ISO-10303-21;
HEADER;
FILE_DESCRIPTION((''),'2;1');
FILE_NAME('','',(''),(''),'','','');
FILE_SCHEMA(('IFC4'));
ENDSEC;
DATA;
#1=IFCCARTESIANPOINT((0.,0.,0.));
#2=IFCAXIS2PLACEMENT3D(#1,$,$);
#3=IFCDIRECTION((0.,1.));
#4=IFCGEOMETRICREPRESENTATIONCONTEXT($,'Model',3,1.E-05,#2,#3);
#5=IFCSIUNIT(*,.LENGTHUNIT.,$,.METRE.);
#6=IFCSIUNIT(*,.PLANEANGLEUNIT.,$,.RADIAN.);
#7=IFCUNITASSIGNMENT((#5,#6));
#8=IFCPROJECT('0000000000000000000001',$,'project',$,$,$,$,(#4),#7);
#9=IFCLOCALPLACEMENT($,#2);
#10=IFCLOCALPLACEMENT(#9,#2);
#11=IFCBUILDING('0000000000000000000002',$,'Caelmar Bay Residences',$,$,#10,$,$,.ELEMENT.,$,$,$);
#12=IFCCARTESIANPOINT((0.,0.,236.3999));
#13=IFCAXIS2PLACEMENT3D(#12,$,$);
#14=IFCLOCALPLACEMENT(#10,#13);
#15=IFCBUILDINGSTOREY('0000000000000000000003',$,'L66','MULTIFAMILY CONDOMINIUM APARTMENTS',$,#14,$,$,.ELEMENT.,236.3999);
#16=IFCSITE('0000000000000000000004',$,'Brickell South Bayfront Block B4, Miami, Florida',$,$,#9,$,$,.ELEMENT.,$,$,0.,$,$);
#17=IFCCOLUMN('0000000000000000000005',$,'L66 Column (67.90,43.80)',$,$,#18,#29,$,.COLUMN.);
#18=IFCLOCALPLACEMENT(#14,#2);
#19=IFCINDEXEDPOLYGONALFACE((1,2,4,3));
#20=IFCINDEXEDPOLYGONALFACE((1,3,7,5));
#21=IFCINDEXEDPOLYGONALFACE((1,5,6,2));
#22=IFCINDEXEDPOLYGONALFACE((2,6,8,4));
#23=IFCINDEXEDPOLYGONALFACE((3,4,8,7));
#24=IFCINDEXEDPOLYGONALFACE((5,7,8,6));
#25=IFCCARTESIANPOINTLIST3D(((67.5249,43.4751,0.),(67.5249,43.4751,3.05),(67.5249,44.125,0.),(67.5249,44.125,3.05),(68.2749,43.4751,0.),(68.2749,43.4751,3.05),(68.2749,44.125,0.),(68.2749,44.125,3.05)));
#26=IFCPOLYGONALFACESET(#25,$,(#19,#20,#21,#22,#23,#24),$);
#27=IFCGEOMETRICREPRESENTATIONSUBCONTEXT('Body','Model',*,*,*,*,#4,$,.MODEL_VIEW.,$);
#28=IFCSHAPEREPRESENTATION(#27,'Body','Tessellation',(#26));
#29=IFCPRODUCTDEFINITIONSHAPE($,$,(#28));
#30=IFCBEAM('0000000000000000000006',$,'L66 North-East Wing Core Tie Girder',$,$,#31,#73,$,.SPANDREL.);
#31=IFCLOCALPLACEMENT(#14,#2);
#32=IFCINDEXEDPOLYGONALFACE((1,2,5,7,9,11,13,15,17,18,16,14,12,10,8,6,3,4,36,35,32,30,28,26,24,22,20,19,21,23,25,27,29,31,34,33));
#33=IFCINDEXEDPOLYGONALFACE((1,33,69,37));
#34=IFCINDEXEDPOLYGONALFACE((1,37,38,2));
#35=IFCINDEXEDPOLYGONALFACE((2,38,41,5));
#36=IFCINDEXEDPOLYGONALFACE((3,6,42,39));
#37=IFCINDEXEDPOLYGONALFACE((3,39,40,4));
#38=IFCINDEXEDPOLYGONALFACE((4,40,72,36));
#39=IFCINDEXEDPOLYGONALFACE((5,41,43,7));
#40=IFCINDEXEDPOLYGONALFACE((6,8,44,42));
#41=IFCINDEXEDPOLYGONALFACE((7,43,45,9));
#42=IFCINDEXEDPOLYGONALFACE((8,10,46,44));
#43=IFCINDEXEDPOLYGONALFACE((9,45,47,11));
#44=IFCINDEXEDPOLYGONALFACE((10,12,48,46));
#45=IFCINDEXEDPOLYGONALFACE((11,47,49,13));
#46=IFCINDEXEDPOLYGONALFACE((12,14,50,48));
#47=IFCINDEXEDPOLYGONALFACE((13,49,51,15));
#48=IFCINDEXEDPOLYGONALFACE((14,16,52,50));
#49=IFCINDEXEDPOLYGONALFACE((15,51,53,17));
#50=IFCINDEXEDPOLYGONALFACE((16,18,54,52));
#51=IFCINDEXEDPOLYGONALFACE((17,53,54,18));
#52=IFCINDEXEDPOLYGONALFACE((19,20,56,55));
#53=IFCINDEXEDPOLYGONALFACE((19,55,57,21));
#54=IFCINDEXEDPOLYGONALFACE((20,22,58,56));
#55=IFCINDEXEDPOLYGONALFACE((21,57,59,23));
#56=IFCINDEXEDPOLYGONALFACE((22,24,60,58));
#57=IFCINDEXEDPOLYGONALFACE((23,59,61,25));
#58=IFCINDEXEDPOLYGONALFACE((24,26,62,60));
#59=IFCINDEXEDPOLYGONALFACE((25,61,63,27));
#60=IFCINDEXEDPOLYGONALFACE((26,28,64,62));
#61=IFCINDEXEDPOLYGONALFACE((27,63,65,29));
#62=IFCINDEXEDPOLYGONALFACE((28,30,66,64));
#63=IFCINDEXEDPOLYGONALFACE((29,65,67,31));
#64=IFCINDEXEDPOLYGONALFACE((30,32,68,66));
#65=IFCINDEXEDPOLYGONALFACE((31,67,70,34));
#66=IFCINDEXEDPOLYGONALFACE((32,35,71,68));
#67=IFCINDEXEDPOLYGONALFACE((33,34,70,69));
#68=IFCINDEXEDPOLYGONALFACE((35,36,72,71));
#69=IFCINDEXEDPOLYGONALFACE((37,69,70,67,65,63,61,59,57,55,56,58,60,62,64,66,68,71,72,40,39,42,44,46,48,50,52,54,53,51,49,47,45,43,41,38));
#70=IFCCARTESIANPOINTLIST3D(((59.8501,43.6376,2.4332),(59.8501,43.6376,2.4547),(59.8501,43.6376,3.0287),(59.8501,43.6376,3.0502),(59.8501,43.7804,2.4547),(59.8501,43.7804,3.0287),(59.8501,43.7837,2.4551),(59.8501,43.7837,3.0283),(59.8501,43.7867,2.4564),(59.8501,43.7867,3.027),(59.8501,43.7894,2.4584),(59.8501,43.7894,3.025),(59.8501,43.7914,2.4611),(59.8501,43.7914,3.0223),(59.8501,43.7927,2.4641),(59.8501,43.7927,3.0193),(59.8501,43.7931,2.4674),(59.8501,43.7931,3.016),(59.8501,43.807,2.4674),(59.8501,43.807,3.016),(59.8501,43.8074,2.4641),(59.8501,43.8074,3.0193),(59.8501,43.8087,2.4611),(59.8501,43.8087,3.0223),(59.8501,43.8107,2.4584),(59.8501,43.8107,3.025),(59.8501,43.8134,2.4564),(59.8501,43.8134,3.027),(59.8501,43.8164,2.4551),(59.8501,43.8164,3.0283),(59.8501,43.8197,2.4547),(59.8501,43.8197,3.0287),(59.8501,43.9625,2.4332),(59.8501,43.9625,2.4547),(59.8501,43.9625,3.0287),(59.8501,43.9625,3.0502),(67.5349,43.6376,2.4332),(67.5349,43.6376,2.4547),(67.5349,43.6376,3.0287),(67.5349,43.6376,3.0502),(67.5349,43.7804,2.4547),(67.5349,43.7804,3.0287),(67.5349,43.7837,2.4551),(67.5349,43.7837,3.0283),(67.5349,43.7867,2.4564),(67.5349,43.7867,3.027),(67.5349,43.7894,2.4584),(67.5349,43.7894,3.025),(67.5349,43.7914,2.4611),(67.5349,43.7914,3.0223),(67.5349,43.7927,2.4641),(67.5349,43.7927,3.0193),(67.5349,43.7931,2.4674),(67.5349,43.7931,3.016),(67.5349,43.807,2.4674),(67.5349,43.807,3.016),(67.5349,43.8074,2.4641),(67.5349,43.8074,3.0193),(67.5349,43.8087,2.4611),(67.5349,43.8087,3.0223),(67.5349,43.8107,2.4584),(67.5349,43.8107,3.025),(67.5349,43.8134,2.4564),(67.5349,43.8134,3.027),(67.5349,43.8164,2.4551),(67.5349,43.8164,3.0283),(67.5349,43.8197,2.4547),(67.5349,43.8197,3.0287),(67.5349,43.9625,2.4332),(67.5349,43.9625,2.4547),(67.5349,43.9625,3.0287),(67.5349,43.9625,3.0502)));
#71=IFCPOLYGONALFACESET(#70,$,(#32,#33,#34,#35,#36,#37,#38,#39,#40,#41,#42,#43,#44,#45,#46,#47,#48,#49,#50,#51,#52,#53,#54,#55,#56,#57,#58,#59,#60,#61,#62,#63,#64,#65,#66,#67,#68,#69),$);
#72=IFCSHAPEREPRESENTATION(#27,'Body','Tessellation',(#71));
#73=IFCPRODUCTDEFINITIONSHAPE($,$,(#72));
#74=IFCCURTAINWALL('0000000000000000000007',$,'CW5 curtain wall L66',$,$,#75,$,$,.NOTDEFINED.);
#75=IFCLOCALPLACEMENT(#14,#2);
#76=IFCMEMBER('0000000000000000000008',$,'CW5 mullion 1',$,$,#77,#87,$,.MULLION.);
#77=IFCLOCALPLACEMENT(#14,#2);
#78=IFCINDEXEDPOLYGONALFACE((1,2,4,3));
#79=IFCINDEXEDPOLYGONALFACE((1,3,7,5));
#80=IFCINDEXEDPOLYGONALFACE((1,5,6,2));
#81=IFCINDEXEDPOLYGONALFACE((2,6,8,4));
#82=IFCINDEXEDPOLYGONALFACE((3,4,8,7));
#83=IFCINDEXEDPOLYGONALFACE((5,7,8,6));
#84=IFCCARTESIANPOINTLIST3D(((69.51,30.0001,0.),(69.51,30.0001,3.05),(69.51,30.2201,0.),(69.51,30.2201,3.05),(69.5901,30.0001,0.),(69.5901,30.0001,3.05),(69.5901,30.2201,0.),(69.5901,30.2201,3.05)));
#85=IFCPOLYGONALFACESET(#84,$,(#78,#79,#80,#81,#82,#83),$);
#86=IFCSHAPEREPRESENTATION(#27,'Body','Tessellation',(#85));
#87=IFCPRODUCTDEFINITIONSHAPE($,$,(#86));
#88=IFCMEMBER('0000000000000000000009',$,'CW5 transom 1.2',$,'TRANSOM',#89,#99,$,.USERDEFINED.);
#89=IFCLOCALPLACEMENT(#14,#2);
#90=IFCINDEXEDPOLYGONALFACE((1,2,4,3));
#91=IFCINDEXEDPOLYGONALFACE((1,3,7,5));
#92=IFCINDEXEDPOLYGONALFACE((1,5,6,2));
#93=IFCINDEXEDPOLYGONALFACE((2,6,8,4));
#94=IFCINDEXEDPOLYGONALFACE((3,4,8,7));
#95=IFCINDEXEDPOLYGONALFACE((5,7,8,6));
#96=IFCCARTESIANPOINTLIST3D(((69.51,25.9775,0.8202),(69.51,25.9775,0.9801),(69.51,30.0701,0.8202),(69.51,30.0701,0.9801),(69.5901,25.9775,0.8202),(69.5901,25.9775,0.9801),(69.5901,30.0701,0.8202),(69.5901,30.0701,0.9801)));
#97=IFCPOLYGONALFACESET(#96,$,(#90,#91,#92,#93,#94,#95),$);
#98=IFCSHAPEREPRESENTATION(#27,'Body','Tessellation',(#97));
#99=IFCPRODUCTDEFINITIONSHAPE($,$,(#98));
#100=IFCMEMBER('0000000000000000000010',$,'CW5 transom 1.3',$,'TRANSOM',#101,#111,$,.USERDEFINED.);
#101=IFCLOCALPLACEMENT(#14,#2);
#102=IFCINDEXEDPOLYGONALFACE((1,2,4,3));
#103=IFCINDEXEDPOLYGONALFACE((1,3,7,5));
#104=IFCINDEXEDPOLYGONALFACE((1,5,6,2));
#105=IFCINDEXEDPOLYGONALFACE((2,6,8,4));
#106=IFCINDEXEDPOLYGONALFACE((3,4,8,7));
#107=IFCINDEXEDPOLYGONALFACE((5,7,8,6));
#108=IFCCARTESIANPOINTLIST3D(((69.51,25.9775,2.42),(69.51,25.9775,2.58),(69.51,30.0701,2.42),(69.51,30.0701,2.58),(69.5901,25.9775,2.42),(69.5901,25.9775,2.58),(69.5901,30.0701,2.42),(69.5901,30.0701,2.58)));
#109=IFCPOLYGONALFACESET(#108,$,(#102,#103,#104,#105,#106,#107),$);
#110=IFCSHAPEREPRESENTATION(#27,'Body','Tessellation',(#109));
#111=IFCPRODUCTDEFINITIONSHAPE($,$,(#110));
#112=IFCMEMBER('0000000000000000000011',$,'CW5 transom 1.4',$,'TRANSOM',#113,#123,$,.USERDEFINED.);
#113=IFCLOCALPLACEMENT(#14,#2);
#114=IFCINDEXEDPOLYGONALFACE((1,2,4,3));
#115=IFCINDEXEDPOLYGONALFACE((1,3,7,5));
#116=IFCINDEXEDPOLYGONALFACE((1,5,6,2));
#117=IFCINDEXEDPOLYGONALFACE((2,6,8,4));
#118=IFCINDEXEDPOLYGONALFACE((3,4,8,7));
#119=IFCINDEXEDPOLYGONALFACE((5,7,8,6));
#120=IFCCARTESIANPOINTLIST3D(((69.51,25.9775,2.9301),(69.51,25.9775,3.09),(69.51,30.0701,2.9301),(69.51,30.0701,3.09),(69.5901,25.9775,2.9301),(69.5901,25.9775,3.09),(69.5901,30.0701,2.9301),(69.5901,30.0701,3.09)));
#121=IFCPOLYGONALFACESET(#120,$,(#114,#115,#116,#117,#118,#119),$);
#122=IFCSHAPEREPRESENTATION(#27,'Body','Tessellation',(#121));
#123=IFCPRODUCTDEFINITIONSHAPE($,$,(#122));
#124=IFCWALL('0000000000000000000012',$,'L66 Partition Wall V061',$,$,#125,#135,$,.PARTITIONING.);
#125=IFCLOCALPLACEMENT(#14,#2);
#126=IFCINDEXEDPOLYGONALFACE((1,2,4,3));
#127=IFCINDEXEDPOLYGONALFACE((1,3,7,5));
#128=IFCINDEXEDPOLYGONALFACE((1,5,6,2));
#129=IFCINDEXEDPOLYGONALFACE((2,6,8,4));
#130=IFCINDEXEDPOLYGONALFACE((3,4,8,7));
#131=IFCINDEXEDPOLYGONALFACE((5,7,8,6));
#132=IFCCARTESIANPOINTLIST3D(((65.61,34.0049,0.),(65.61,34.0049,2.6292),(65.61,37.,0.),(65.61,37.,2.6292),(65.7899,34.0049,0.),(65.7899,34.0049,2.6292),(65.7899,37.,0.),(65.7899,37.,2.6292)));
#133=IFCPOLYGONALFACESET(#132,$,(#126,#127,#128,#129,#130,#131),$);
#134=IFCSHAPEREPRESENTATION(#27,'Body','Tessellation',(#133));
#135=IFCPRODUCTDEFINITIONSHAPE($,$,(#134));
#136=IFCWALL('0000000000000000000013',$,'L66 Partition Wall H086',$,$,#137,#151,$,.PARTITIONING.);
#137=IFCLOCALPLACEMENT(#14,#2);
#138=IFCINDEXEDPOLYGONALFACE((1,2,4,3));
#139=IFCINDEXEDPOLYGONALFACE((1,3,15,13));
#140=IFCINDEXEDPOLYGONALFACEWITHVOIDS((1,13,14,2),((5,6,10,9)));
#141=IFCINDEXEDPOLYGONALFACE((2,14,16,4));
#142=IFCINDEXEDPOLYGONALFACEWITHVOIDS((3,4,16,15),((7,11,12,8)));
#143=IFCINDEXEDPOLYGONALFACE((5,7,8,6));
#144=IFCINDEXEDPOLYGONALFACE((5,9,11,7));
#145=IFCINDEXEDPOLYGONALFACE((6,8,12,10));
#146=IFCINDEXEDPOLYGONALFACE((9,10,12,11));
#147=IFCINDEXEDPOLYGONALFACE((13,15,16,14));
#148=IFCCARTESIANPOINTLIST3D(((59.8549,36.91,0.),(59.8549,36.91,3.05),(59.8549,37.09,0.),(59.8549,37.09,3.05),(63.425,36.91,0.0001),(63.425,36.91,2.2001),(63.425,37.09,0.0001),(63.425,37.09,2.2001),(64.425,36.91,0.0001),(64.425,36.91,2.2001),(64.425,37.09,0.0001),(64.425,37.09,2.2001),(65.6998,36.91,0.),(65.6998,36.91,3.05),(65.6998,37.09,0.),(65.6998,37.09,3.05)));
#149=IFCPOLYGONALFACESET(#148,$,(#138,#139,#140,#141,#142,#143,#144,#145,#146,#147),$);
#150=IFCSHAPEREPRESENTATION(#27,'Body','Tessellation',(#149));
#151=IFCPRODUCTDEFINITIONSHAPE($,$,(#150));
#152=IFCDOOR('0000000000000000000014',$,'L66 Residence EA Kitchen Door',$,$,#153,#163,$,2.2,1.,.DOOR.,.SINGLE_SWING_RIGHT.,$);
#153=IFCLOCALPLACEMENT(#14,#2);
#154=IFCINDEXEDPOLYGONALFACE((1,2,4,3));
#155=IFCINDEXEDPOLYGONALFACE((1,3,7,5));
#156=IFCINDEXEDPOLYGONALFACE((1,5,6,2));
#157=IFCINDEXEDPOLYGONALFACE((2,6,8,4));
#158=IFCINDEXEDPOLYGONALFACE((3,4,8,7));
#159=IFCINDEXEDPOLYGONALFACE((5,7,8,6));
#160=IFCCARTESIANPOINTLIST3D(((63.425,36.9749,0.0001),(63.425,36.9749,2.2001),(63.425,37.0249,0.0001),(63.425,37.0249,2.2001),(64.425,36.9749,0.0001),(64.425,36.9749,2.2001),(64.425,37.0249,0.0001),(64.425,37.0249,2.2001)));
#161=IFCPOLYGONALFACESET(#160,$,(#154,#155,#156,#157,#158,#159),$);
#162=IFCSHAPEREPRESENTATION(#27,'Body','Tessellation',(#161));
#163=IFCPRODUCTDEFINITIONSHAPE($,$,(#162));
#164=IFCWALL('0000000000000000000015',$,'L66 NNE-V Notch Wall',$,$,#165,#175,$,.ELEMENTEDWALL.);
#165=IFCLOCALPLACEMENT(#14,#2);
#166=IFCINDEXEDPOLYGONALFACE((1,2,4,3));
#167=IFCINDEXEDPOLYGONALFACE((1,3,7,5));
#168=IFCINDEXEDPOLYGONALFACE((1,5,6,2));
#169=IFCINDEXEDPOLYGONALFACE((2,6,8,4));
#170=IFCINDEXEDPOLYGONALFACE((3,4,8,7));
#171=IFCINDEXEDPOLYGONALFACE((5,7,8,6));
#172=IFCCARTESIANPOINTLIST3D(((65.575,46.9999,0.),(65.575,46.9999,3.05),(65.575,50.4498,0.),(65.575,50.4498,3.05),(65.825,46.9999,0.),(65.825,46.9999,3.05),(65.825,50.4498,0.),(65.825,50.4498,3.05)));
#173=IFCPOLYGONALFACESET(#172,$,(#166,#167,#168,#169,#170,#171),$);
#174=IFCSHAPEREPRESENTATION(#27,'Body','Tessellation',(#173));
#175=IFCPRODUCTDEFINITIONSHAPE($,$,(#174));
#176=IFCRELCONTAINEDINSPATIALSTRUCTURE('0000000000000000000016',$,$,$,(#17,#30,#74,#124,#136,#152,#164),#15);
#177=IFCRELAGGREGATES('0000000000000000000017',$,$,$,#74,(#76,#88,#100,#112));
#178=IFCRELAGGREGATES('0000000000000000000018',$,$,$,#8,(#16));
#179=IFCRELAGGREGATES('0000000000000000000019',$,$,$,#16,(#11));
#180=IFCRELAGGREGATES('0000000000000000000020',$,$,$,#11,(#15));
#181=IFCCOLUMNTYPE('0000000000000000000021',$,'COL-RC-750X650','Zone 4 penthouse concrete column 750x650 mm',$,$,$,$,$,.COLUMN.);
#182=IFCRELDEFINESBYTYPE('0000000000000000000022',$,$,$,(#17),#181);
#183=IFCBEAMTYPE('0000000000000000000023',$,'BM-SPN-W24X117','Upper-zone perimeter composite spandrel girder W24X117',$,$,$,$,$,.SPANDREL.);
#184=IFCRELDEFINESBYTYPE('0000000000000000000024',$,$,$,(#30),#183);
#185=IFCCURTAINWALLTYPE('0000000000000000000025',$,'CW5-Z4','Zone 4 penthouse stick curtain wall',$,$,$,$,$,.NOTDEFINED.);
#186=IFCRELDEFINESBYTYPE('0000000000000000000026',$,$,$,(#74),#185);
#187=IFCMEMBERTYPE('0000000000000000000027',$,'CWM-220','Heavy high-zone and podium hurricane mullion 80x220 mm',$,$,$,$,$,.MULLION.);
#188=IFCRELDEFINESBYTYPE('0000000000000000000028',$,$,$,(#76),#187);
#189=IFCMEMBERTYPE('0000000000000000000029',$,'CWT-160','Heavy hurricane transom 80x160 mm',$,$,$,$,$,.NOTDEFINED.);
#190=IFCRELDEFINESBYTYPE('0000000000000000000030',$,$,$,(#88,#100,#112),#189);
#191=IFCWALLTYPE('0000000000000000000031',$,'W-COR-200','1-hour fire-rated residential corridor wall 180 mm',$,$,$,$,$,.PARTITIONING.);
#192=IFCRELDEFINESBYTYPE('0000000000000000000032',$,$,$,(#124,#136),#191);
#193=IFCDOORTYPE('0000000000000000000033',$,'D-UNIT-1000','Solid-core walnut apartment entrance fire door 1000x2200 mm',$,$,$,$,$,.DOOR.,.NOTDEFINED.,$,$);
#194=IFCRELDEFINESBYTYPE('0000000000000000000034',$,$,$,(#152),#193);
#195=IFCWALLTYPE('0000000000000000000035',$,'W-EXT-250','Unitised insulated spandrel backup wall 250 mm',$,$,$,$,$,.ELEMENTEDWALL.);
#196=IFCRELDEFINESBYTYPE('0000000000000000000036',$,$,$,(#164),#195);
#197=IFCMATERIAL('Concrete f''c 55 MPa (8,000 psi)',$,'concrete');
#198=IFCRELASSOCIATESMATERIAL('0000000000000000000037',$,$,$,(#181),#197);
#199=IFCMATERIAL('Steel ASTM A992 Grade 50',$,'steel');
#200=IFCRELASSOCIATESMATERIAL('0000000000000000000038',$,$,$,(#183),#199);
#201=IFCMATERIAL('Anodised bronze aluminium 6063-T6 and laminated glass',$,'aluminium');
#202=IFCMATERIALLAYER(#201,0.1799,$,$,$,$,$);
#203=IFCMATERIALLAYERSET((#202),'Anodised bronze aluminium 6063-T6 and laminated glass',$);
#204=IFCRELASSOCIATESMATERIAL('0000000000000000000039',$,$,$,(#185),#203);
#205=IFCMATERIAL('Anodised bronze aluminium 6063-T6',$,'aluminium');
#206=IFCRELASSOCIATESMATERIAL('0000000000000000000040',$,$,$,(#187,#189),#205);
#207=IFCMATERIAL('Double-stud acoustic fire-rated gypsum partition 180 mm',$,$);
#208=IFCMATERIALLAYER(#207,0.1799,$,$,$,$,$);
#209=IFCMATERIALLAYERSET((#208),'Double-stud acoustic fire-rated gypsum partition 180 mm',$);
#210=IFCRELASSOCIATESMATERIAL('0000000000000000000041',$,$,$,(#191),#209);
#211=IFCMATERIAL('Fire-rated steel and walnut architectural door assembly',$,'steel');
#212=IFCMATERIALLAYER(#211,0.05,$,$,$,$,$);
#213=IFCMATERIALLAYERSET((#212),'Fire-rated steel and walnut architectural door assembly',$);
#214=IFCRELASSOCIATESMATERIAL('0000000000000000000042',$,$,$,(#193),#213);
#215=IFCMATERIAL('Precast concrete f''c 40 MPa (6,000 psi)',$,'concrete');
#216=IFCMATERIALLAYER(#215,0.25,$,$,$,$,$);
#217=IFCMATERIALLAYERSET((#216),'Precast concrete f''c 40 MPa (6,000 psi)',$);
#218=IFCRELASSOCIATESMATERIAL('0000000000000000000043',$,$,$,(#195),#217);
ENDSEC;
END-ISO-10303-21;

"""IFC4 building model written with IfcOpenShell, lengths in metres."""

from ifc_helpers import new_model, si_unit, direction, frame, frame_2d, origin, origin_2d, place, context, subcontext, project, spatial, rectangle, i_section, extrude, material, layer, layer_set, material_profile, profile_set, type_object, element, fill, aggregate, save


model = new_model("IFC4")

# Units and contexts
model_context = context("Model", 3, precision=1e-05, world=origin(), true_north=direction((0.0, 1.0)))
body_context = subcontext(model_context, "Body", "Model", "MODEL_VIEW")
ifc_project = project(units=[si_unit("LENGTHUNIT", "METRE"), si_unit("PLANEANGLEUNIT", "RADIAN")], contexts=[model_context])

# Site, building, storey
site_placement = place(None, origin())
site = spatial("IfcSite", under=ifc_project, at=site_placement, Name="Brickell South Bayfront Block B4, Miami, Florida", CompositionType="ELEMENT", RefElevation=0.0)
building_placement = place(site_placement, origin())
building = spatial("IfcBuilding", under=site, at=building_placement, Name="Caelmar Bay Residences", CompositionType="ELEMENT")
storey_placement = place(building_placement, frame((0.0, 0.0, 236.3999)))
storey = spatial("IfcBuildingStorey", under=building, at=storey_placement, Name="L66", Description="MULTIFAMILY CONDOMINIUM APARTMENTS", CompositionType="ELEMENT", Elevation=236.3999)

# Column
ifc_material_1 = material(Name="Concrete f'c 55 MPa (8,000 psi)", Category="concrete")
ifc_material_profile_1 = material_profile(ifc_material_1, rectangle(XDim=0.75, YDim=0.6499, at=origin_2d()), Name="RC-COL-750X650")
ifc_profile_set_1 = profile_set([ifc_material_profile_1], Name="Concrete f'c 55 MPa (8,000 psi)")
column_type = type_object("IfcColumnType", Name="COL-RC-750X650", Description="Zone 4 penthouse concrete column 750x650 mm", PredefinedType="COLUMN", material=ifc_profile_set_1)
column_placement = place(storey_placement, frame((67.8999, 43.8, 0.0), z_axis=(0.0, 0.0, 1.0), x_axis=(1.0, 0.0, 0.0)))
element("IfcColumn", 1, at=column_placement, inside=storey, type_object=column_type, Name="L66 Column (67.90,43.80)", PredefinedType="COLUMN", context=body_context, shape_type="SweptSolid", body=[
    extrude(rectangle(XDim=0.75, YDim=0.6499, at=origin_2d()), origin(), (0.0, 0.0, 1.0), 3.05),
])

# Beam
ifc_material_2 = material(Name="Steel ASTM A992 Grade 50", Category="steel")
ifc_material_profile_2 = material_profile(ifc_material_2, i_section(OverallWidth=0.325, OverallDepth=0.6169, WebThickness=0.0139, FlangeThickness=0.0215, FilletRadius=0.0127, at=origin_2d()), Name="W24X117")
ifc_profile_set_2 = profile_set([ifc_material_profile_2], Name="Steel ASTM A992 Grade 50")
beam_type = type_object("IfcBeamType", Name="BM-SPN-W24X117", Description="Upper-zone perimeter composite spandrel girder W24X117", PredefinedType="SPANDREL", material=ifc_profile_set_2)
beam_placement = place(storey_placement, frame((59.8501, 43.8, 2.7417), z_axis=(1.0, 0.0, 0.0), x_axis=(0.0, 1.0, 0.0)))
element("IfcBeam", 2, at=beam_placement, inside=storey, type_object=beam_type, Name="L66 North-East Wing Core Tie Girder", PredefinedType="SPANDREL", context=body_context, shape_type="SweptSolid", body=[
    extrude(i_section(OverallWidth=0.325, OverallDepth=0.6169, WebThickness=0.0139, FlangeThickness=0.0215, FilletRadius=0.0127, at=origin_2d()), origin(), (0.0, 0.0, 1.0), 7.6848),
])

# Curtain wall, members
ifc_material_3 = material(Name="Anodised bronze aluminium 6063-T6 and laminated glass", Category="aluminium")
ifc_layer_1 = layer(ifc_material_3, 0.1799)
ifc_layer_set_1 = layer_set([ifc_layer_1], Name="Anodised bronze aluminium 6063-T6 and laminated glass")
curtain_wall_type = type_object("IfcCurtainWallType", Name="CW5-Z4", Description="Zone 4 penthouse stick curtain wall", PredefinedType="NOTDEFINED", material=ifc_layer_set_1)
curtain_wall_placement = place(storey_placement, origin())
curtain_wall = element("IfcCurtainWall", 3, at=curtain_wall_placement, inside=storey, type_object=curtain_wall_type, Name="CW5 curtain wall L66", PredefinedType="NOTDEFINED")
ifc_material_4 = material(Name="Anodised bronze aluminium 6063-T6", Category="aluminium")
ifc_material_profile_3 = material_profile(ifc_material_4, rectangle(XDim=0.0801, YDim=0.22, at=origin_2d()), Name="CWM-80X220")
ifc_profile_set_3 = profile_set([ifc_material_profile_3], Name="Anodised bronze aluminium 6063-T6")
member_type_1 = type_object("IfcMemberType", Name="CWM-220", Description="Heavy high-zone and podium hurricane mullion 80x220 mm", PredefinedType="MULLION", material=ifc_profile_set_3)
member_1_placement = place(storey_placement, frame((69.55, 30.1101, 0.0), z_axis=(0.0, 0.0, 1.0), x_axis=(1.0, 0.0, 0.0)))
member_1 = element("IfcMember", 4, at=member_1_placement, type_object=member_type_1, Name="CW5 mullion 1", PredefinedType="MULLION", context=body_context, shape_type="SweptSolid", body=[
    extrude(rectangle(XDim=0.0801, YDim=0.22, at=origin_2d()), origin(), (0.0, 0.0, 1.0), 3.05),
])
ifc_material_profile_4 = material_profile(ifc_material_4, rectangle(XDim=0.0801, YDim=0.1599, at=origin_2d()), Name="CWT-80X160")
ifc_profile_set_4 = profile_set([ifc_material_profile_4], Name="Anodised bronze aluminium 6063-T6")
member_type_2 = type_object("IfcMemberType", Name="CWT-160", Description="Heavy hurricane transom 80x160 mm", PredefinedType="NOTDEFINED", material=ifc_profile_set_4)
member_2_placement = place(storey_placement, frame((69.55, 30.0701, 0.9001), z_axis=(0.0, -1.0, 0.0), x_axis=(1.0, 0.0, 0.0)))
member_2 = element("IfcMember", 5, at=member_2_placement, type_object=member_type_2, Name="CW5 transom 1.2", ObjectType="TRANSOM", PredefinedType="USERDEFINED", context=body_context, shape_type="SweptSolid", body=[
    extrude(rectangle(XDim=0.0801, YDim=0.1599, at=origin_2d()), origin(), (0.0, 0.0, 1.0), 4.0925),
])
member_3_placement = place(storey_placement, frame((69.55, 30.0701, 2.5), z_axis=(0.0, -1.0, 0.0), x_axis=(1.0, 0.0, 0.0)))
member_3 = element("IfcMember", 6, at=member_3_placement, type_object=member_type_2, Name="CW5 transom 1.3", ObjectType="TRANSOM", PredefinedType="USERDEFINED", context=body_context, shape_type="SweptSolid", body=[
    extrude(rectangle(XDim=0.0801, YDim=0.1599, at=origin_2d()), origin(), (0.0, 0.0, 1.0), 4.0925),
])
member_4_placement = place(storey_placement, frame((69.55, 30.0701, 3.01), z_axis=(0.0, -1.0, 0.0), x_axis=(1.0, 0.0, 0.0)))
member_4 = element("IfcMember", 7, at=member_4_placement, type_object=member_type_2, Name="CW5 transom 1.4", ObjectType="TRANSOM", PredefinedType="USERDEFINED", context=body_context, shape_type="SweptSolid", body=[
    extrude(rectangle(XDim=0.0801, YDim=0.1599, at=origin_2d()), origin(), (0.0, 0.0, 1.0), 4.0925),
])
aggregate(curtain_wall, [member_1, member_2, member_3, member_4])

# Wall
ifc_material_5 = material(Name="Double-stud acoustic fire-rated gypsum partition 180 mm")
ifc_layer_2 = layer(ifc_material_5, 0.1799)
ifc_layer_set_2 = layer_set([ifc_layer_2], Name="Double-stud acoustic fire-rated gypsum partition 180 mm")
wall_type_1 = type_object("IfcWallType", Name="W-COR-200", Description="1-hour fire-rated residential corridor wall 180 mm", PredefinedType="PARTITIONING", material=ifc_layer_set_2)
wall_1_placement = place(storey_placement, frame((65.7, 34.0049, 0.0), z_axis=(0.0, 0.0, 1.0), x_axis=(0.0, 1.0, 0.0)))
element("IfcWall", 8, at=wall_1_placement, inside=storey, type_object=wall_type_1, Name="L66 Partition Wall V061", PredefinedType="PARTITIONING", context=body_context, shape_type="SweptSolid", body=[
    extrude(rectangle(XDim=2.9951, YDim=0.1799, at=frame_2d((1.4976, 0.0))), origin(), (0.0, 0.0, 1.0), 2.6292),
])

# Wall, opening, door
wall_2_placement = place(storey_placement, frame((59.855, 37.0, 0.0), z_axis=(0.0, 0.0, 1.0), x_axis=(1.0, 0.0, 0.0)))
wall_2 = element("IfcWall", 9, at=wall_2_placement, inside=storey, type_object=wall_type_1, Name="L66 Partition Wall H086", PredefinedType="PARTITIONING", context=body_context, shape_type="SweptSolid", body=[
    extrude(rectangle(XDim=5.845, YDim=0.1799, at=frame_2d((2.9224, 0.0))), origin(), (0.0, 0.0, 1.0), 3.05),
])
opening_1_placement = place(wall_2_placement, frame((3.5701, 0.0, 0.0)))
opening_1 = element("IfcOpeningElement", 10, at=opening_1_placement, cuts=wall_2, PredefinedType="OPENING", context=body_context, shape_type="SweptSolid", body=[
    extrude(rectangle(XDim=1.0, YDim=2.2, at=frame_2d((0.5, 1.1001))), frame((0.0, 0.0999, 0.0), z_axis=(0.0, -1.0, 0.0), x_axis=(1.0, 0.0, 0.0)), (0.0, 0.0, 1.0), 0.2),
])
ifc_material_6 = material(Name="Fire-rated steel and walnut architectural door assembly", Category="steel")
ifc_layer_3 = layer(ifc_material_6, 0.05)
ifc_layer_set_3 = layer_set([ifc_layer_3], Name="Fire-rated steel and walnut architectural door assembly")
door_type_1 = type_object("IfcDoorType", Name="D-UNIT-1000", Description="Solid-core walnut apartment entrance fire door 1000x2200 mm", OperationType="NOTDEFINED", PredefinedType="DOOR", material=ifc_layer_set_3)
door_1_placement = place(opening_1_placement, origin())
door_1 = element("IfcDoor", 11, at=door_1_placement, inside=storey, type_object=door_type_1, Name="L66 Residence EA Kitchen Door", OperationType="SINGLE_SWING_RIGHT", OverallHeight=2.2, OverallWidth=1.0, PredefinedType="DOOR", context=body_context, shape_type="SweptSolid", body=[
    extrude(rectangle(XDim=1.0, YDim=2.2, at=frame_2d((0.5, 1.1001))), frame((0.0, 0.0249, 0.0), z_axis=(0.0, -1.0, 0.0), x_axis=(1.0, 0.0, 0.0)), (0.0, 0.0, 1.0), 0.05),
])
fill(opening_1, door_1)

# Wall
ifc_material_7 = material(Name="Precast concrete f'c 40 MPa (6,000 psi)", Category="concrete")
ifc_layer_4 = layer(ifc_material_7, 0.25)
ifc_layer_set_4 = layer_set([ifc_layer_4], Name="Precast concrete f'c 40 MPa (6,000 psi)")
wall_type_2 = type_object("IfcWallType", Name="W-EXT-250", Description="Unitised insulated spandrel backup wall 250 mm", PredefinedType="ELEMENTEDWALL", material=ifc_layer_set_4)
wall_3_placement = place(storey_placement, frame((65.7, 50.45, 0.0), z_axis=(0.0, 0.0, 1.0), x_axis=(0.0, -1.0, 0.0)))
element("IfcWall", 12, at=wall_3_placement, inside=storey, type_object=wall_type_2, Name="L66 NNE-V Notch Wall", PredefinedType="ELEMENTEDWALL", context=body_context, shape_type="SweptSolid", body=[
    extrude(rectangle(XDim=3.45, YDim=0.25, at=frame_2d((1.7251, 0.0))), origin(), (0.0, 0.0, 1.0), 3.05),
])

save(model, "model.ifc")
